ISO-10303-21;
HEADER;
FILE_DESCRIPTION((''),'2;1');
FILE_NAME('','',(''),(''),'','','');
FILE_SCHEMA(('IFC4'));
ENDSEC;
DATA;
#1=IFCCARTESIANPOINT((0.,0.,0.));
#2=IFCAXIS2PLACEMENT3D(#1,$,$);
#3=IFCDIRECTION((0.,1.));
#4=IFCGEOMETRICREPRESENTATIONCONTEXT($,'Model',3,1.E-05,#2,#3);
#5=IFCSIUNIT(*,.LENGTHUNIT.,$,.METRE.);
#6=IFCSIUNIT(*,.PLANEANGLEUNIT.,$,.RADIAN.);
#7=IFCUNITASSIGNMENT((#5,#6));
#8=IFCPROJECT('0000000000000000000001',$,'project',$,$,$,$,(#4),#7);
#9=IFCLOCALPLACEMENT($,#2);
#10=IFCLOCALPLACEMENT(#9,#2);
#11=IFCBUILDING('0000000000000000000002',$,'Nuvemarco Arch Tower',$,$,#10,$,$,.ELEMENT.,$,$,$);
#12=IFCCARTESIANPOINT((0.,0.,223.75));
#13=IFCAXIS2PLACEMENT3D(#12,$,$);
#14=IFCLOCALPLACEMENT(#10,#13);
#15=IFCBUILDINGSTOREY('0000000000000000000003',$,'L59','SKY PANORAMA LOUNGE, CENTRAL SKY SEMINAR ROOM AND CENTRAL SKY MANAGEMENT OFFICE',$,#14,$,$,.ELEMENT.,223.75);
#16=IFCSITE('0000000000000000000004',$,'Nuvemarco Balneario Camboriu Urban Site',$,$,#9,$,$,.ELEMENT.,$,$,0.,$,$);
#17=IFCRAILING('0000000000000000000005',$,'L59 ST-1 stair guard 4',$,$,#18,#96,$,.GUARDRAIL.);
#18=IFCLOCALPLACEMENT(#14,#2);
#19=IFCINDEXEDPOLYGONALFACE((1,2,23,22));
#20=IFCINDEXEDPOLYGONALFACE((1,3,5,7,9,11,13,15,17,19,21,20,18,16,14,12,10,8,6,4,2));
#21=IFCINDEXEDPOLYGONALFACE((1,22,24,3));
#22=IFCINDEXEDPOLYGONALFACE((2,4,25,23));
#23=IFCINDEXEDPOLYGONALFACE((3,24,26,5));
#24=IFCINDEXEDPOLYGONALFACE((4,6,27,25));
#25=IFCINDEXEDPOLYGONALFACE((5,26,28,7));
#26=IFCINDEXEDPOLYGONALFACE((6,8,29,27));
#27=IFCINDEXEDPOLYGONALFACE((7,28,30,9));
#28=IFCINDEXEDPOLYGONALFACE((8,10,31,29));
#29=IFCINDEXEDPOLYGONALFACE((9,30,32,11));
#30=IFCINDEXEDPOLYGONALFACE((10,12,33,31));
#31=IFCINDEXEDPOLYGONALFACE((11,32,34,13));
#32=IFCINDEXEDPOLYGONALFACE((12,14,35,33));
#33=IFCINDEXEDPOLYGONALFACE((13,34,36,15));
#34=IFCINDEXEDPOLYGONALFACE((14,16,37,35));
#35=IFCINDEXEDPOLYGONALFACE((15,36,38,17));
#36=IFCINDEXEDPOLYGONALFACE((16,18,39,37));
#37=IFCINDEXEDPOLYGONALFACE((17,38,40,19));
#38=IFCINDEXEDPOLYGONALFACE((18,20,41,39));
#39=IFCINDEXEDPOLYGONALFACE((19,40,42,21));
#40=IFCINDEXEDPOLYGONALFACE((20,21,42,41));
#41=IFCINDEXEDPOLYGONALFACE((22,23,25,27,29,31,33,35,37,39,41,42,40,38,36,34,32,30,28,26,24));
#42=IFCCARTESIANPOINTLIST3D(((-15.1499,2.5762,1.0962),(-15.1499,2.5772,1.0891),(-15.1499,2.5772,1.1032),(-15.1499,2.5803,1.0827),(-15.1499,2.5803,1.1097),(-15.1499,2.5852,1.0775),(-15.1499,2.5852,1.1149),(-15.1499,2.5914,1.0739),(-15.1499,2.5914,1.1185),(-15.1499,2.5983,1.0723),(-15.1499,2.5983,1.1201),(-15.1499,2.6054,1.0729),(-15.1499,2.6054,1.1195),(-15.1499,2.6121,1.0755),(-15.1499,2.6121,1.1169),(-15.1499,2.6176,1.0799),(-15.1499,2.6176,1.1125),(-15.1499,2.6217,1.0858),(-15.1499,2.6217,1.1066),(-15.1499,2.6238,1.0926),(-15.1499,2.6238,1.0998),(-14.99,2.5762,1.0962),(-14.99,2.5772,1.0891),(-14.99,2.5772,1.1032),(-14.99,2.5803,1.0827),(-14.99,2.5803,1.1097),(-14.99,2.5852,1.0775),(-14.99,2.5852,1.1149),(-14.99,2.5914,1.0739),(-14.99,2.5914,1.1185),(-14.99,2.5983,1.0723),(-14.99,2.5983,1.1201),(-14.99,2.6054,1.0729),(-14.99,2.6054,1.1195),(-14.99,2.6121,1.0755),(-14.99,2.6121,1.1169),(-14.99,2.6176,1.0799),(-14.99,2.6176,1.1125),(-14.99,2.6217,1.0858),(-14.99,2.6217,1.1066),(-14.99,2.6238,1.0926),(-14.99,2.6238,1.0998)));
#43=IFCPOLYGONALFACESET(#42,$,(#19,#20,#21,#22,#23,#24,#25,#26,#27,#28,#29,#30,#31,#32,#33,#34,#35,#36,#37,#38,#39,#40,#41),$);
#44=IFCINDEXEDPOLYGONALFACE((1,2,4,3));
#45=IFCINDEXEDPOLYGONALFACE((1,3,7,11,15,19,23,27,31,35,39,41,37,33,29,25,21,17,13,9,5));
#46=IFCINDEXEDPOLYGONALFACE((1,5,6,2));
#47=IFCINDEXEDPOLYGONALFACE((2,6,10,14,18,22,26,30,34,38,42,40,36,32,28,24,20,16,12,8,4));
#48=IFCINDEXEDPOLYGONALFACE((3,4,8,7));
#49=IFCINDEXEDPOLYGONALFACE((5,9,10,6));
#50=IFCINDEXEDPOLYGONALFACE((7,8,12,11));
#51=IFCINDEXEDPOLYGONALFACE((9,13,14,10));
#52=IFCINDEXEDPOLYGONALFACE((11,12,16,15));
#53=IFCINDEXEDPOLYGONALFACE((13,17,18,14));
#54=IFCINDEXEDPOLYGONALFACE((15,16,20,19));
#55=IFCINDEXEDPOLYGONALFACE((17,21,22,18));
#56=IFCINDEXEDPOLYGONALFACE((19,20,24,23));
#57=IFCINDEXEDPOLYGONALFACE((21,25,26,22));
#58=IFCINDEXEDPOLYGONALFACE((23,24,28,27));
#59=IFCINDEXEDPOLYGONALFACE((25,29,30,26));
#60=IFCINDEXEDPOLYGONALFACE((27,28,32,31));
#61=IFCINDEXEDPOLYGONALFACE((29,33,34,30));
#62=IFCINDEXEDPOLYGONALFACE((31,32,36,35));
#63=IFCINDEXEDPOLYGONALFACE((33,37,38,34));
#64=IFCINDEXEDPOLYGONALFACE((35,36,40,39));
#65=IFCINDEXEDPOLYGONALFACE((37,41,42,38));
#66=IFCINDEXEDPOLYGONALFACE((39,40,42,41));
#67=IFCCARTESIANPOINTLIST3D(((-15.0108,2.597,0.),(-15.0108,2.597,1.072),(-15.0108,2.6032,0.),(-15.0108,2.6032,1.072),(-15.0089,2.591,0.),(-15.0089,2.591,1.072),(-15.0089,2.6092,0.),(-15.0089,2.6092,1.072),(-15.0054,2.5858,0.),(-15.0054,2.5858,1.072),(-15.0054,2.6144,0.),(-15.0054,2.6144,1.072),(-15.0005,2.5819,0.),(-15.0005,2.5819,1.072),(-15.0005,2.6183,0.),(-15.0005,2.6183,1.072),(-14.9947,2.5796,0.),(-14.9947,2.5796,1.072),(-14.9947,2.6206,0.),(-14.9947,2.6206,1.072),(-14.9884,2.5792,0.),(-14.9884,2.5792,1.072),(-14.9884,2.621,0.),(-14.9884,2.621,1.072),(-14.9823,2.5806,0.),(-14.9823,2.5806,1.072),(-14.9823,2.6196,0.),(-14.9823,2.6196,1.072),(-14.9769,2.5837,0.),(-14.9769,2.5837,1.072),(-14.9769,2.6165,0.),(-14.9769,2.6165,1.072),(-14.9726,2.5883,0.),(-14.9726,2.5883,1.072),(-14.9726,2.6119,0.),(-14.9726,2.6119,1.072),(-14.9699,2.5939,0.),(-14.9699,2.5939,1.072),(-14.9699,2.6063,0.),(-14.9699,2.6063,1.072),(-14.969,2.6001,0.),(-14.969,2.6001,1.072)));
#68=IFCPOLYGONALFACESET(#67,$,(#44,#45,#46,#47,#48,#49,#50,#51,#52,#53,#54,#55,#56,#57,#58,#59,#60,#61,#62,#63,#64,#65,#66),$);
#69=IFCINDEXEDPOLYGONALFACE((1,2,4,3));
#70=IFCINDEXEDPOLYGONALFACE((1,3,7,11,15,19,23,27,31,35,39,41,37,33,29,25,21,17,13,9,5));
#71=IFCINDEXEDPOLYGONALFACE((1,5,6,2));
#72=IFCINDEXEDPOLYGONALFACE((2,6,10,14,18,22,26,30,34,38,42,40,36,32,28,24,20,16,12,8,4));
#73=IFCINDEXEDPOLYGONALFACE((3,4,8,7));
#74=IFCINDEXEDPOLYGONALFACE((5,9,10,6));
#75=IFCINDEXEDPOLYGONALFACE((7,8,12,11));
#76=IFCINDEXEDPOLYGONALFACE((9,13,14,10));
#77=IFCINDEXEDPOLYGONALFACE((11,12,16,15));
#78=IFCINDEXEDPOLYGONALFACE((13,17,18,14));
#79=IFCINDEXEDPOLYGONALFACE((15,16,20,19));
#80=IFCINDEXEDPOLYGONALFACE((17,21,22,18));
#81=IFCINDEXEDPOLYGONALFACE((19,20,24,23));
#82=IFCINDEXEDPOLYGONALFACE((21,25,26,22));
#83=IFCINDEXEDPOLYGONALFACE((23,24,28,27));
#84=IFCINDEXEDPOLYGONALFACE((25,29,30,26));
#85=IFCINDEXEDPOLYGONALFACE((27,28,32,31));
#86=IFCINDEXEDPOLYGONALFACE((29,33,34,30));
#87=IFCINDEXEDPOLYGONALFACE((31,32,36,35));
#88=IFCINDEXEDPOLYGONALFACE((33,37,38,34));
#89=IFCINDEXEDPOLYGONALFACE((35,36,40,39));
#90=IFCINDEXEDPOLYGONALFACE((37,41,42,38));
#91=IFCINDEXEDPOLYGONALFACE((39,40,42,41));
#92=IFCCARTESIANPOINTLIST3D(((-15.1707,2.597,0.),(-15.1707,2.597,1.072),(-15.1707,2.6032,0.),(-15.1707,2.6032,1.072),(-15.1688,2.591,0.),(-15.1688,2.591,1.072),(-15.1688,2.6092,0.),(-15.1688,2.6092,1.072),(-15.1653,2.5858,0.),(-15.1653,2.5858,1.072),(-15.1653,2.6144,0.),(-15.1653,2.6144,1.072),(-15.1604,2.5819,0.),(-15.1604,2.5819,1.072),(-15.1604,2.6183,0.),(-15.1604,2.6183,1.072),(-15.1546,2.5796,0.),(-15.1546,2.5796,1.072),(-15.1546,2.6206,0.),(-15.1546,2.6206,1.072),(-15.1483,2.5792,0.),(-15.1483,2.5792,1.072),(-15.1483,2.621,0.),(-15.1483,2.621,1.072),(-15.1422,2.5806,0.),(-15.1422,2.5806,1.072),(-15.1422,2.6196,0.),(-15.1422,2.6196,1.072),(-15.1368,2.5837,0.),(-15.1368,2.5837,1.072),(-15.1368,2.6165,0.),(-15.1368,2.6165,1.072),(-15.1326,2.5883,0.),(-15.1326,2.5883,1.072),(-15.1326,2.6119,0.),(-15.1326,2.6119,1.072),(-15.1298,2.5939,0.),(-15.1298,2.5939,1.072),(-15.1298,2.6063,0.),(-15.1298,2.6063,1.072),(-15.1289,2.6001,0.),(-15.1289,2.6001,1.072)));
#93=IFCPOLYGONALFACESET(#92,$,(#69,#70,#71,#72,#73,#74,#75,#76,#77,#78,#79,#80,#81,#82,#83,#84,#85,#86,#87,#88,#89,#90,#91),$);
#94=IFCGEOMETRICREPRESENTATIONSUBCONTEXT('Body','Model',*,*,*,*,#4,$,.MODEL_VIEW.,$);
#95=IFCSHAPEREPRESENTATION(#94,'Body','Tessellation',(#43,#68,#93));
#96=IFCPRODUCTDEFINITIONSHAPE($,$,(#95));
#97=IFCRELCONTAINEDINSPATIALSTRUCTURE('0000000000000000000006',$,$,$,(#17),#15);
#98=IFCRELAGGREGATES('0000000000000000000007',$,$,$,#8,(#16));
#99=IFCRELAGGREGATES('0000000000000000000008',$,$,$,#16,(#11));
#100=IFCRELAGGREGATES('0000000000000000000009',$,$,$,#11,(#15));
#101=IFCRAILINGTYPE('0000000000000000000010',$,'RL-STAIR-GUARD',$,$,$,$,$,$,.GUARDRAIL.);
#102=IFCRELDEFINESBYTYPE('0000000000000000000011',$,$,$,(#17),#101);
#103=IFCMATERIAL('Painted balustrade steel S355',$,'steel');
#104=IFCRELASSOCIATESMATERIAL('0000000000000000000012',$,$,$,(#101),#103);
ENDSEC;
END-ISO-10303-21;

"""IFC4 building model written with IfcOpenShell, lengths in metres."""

from ifc_helpers import new_model, si_unit, direction, frame, origin, origin_2d, place, context, subcontext, project, spatial, circle, extrude, material, type_object, element, save


model = new_model("IFC4")

# Units and contexts
model_context = context("Model", 3, precision=1e-05, world=origin(), true_north=direction((0.0, 1.0)))
body_context = subcontext(model_context, "Body", "Model", "MODEL_VIEW")
ifc_project = project(units=[si_unit("LENGTHUNIT", "METRE"), si_unit("PLANEANGLEUNIT", "RADIAN")], contexts=[model_context])

# Site, building, storey
site_placement = place(None, origin())
site = spatial("IfcSite", under=ifc_project, at=site_placement, Name="Nuvemarco Balneario Camboriu Urban Site", CompositionType="ELEMENT", RefElevation=0.0)
building_placement = place(site_placement, origin())
building = spatial("IfcBuilding", under=site, at=building_placement, Name="Nuvemarco Arch Tower", CompositionType="ELEMENT")
storey_placement = place(building_placement, frame((0.0, 0.0, 223.75)))
storey = spatial("IfcBuildingStorey", under=building, at=storey_placement, Name="L59", Description="SKY PANORAMA LOUNGE, CENTRAL SKY SEMINAR ROOM AND CENTRAL SKY MANAGEMENT OFFICE", CompositionType="ELEMENT", Elevation=223.75)

# Railing
ifc_material_1 = material(Name="Painted balustrade steel S355", Category="steel")
railing_type_1 = type_object("IfcRailingType", Name="RL-STAIR-GUARD", PredefinedType="GUARDRAIL", material=ifc_material_1)
railing_1_placement = place(storey_placement, frame((-14.99, 2.6001, 0.0)))
element("IfcRailing", 1, at=railing_1_placement, inside=storey, type_object=railing_type_1, Name="L59 ST-1 stair guard 4", PredefinedType="GUARDRAIL", context=body_context, shape_type="SweptSolid", body=[
    extrude(circle(Radius=0.0239, at=origin_2d()), frame((0.0, 0.0, 1.0962), z_axis=(-1.0, 0.0, 0.0), x_axis=(0.0, -1.0, 0.0)), (0.0, 0.0, 1.0), 0.1599),
    extrude(circle(Radius=0.021, at=origin_2d()), origin(), (0.0, 0.0, 1.0), 1.072),
    extrude(circle(Radius=0.021, at=origin_2d()), frame((-0.1599, 0.0, 0.0)), (0.0, 0.0, 1.0), 1.072),
])

save(model, "model.ifc")
